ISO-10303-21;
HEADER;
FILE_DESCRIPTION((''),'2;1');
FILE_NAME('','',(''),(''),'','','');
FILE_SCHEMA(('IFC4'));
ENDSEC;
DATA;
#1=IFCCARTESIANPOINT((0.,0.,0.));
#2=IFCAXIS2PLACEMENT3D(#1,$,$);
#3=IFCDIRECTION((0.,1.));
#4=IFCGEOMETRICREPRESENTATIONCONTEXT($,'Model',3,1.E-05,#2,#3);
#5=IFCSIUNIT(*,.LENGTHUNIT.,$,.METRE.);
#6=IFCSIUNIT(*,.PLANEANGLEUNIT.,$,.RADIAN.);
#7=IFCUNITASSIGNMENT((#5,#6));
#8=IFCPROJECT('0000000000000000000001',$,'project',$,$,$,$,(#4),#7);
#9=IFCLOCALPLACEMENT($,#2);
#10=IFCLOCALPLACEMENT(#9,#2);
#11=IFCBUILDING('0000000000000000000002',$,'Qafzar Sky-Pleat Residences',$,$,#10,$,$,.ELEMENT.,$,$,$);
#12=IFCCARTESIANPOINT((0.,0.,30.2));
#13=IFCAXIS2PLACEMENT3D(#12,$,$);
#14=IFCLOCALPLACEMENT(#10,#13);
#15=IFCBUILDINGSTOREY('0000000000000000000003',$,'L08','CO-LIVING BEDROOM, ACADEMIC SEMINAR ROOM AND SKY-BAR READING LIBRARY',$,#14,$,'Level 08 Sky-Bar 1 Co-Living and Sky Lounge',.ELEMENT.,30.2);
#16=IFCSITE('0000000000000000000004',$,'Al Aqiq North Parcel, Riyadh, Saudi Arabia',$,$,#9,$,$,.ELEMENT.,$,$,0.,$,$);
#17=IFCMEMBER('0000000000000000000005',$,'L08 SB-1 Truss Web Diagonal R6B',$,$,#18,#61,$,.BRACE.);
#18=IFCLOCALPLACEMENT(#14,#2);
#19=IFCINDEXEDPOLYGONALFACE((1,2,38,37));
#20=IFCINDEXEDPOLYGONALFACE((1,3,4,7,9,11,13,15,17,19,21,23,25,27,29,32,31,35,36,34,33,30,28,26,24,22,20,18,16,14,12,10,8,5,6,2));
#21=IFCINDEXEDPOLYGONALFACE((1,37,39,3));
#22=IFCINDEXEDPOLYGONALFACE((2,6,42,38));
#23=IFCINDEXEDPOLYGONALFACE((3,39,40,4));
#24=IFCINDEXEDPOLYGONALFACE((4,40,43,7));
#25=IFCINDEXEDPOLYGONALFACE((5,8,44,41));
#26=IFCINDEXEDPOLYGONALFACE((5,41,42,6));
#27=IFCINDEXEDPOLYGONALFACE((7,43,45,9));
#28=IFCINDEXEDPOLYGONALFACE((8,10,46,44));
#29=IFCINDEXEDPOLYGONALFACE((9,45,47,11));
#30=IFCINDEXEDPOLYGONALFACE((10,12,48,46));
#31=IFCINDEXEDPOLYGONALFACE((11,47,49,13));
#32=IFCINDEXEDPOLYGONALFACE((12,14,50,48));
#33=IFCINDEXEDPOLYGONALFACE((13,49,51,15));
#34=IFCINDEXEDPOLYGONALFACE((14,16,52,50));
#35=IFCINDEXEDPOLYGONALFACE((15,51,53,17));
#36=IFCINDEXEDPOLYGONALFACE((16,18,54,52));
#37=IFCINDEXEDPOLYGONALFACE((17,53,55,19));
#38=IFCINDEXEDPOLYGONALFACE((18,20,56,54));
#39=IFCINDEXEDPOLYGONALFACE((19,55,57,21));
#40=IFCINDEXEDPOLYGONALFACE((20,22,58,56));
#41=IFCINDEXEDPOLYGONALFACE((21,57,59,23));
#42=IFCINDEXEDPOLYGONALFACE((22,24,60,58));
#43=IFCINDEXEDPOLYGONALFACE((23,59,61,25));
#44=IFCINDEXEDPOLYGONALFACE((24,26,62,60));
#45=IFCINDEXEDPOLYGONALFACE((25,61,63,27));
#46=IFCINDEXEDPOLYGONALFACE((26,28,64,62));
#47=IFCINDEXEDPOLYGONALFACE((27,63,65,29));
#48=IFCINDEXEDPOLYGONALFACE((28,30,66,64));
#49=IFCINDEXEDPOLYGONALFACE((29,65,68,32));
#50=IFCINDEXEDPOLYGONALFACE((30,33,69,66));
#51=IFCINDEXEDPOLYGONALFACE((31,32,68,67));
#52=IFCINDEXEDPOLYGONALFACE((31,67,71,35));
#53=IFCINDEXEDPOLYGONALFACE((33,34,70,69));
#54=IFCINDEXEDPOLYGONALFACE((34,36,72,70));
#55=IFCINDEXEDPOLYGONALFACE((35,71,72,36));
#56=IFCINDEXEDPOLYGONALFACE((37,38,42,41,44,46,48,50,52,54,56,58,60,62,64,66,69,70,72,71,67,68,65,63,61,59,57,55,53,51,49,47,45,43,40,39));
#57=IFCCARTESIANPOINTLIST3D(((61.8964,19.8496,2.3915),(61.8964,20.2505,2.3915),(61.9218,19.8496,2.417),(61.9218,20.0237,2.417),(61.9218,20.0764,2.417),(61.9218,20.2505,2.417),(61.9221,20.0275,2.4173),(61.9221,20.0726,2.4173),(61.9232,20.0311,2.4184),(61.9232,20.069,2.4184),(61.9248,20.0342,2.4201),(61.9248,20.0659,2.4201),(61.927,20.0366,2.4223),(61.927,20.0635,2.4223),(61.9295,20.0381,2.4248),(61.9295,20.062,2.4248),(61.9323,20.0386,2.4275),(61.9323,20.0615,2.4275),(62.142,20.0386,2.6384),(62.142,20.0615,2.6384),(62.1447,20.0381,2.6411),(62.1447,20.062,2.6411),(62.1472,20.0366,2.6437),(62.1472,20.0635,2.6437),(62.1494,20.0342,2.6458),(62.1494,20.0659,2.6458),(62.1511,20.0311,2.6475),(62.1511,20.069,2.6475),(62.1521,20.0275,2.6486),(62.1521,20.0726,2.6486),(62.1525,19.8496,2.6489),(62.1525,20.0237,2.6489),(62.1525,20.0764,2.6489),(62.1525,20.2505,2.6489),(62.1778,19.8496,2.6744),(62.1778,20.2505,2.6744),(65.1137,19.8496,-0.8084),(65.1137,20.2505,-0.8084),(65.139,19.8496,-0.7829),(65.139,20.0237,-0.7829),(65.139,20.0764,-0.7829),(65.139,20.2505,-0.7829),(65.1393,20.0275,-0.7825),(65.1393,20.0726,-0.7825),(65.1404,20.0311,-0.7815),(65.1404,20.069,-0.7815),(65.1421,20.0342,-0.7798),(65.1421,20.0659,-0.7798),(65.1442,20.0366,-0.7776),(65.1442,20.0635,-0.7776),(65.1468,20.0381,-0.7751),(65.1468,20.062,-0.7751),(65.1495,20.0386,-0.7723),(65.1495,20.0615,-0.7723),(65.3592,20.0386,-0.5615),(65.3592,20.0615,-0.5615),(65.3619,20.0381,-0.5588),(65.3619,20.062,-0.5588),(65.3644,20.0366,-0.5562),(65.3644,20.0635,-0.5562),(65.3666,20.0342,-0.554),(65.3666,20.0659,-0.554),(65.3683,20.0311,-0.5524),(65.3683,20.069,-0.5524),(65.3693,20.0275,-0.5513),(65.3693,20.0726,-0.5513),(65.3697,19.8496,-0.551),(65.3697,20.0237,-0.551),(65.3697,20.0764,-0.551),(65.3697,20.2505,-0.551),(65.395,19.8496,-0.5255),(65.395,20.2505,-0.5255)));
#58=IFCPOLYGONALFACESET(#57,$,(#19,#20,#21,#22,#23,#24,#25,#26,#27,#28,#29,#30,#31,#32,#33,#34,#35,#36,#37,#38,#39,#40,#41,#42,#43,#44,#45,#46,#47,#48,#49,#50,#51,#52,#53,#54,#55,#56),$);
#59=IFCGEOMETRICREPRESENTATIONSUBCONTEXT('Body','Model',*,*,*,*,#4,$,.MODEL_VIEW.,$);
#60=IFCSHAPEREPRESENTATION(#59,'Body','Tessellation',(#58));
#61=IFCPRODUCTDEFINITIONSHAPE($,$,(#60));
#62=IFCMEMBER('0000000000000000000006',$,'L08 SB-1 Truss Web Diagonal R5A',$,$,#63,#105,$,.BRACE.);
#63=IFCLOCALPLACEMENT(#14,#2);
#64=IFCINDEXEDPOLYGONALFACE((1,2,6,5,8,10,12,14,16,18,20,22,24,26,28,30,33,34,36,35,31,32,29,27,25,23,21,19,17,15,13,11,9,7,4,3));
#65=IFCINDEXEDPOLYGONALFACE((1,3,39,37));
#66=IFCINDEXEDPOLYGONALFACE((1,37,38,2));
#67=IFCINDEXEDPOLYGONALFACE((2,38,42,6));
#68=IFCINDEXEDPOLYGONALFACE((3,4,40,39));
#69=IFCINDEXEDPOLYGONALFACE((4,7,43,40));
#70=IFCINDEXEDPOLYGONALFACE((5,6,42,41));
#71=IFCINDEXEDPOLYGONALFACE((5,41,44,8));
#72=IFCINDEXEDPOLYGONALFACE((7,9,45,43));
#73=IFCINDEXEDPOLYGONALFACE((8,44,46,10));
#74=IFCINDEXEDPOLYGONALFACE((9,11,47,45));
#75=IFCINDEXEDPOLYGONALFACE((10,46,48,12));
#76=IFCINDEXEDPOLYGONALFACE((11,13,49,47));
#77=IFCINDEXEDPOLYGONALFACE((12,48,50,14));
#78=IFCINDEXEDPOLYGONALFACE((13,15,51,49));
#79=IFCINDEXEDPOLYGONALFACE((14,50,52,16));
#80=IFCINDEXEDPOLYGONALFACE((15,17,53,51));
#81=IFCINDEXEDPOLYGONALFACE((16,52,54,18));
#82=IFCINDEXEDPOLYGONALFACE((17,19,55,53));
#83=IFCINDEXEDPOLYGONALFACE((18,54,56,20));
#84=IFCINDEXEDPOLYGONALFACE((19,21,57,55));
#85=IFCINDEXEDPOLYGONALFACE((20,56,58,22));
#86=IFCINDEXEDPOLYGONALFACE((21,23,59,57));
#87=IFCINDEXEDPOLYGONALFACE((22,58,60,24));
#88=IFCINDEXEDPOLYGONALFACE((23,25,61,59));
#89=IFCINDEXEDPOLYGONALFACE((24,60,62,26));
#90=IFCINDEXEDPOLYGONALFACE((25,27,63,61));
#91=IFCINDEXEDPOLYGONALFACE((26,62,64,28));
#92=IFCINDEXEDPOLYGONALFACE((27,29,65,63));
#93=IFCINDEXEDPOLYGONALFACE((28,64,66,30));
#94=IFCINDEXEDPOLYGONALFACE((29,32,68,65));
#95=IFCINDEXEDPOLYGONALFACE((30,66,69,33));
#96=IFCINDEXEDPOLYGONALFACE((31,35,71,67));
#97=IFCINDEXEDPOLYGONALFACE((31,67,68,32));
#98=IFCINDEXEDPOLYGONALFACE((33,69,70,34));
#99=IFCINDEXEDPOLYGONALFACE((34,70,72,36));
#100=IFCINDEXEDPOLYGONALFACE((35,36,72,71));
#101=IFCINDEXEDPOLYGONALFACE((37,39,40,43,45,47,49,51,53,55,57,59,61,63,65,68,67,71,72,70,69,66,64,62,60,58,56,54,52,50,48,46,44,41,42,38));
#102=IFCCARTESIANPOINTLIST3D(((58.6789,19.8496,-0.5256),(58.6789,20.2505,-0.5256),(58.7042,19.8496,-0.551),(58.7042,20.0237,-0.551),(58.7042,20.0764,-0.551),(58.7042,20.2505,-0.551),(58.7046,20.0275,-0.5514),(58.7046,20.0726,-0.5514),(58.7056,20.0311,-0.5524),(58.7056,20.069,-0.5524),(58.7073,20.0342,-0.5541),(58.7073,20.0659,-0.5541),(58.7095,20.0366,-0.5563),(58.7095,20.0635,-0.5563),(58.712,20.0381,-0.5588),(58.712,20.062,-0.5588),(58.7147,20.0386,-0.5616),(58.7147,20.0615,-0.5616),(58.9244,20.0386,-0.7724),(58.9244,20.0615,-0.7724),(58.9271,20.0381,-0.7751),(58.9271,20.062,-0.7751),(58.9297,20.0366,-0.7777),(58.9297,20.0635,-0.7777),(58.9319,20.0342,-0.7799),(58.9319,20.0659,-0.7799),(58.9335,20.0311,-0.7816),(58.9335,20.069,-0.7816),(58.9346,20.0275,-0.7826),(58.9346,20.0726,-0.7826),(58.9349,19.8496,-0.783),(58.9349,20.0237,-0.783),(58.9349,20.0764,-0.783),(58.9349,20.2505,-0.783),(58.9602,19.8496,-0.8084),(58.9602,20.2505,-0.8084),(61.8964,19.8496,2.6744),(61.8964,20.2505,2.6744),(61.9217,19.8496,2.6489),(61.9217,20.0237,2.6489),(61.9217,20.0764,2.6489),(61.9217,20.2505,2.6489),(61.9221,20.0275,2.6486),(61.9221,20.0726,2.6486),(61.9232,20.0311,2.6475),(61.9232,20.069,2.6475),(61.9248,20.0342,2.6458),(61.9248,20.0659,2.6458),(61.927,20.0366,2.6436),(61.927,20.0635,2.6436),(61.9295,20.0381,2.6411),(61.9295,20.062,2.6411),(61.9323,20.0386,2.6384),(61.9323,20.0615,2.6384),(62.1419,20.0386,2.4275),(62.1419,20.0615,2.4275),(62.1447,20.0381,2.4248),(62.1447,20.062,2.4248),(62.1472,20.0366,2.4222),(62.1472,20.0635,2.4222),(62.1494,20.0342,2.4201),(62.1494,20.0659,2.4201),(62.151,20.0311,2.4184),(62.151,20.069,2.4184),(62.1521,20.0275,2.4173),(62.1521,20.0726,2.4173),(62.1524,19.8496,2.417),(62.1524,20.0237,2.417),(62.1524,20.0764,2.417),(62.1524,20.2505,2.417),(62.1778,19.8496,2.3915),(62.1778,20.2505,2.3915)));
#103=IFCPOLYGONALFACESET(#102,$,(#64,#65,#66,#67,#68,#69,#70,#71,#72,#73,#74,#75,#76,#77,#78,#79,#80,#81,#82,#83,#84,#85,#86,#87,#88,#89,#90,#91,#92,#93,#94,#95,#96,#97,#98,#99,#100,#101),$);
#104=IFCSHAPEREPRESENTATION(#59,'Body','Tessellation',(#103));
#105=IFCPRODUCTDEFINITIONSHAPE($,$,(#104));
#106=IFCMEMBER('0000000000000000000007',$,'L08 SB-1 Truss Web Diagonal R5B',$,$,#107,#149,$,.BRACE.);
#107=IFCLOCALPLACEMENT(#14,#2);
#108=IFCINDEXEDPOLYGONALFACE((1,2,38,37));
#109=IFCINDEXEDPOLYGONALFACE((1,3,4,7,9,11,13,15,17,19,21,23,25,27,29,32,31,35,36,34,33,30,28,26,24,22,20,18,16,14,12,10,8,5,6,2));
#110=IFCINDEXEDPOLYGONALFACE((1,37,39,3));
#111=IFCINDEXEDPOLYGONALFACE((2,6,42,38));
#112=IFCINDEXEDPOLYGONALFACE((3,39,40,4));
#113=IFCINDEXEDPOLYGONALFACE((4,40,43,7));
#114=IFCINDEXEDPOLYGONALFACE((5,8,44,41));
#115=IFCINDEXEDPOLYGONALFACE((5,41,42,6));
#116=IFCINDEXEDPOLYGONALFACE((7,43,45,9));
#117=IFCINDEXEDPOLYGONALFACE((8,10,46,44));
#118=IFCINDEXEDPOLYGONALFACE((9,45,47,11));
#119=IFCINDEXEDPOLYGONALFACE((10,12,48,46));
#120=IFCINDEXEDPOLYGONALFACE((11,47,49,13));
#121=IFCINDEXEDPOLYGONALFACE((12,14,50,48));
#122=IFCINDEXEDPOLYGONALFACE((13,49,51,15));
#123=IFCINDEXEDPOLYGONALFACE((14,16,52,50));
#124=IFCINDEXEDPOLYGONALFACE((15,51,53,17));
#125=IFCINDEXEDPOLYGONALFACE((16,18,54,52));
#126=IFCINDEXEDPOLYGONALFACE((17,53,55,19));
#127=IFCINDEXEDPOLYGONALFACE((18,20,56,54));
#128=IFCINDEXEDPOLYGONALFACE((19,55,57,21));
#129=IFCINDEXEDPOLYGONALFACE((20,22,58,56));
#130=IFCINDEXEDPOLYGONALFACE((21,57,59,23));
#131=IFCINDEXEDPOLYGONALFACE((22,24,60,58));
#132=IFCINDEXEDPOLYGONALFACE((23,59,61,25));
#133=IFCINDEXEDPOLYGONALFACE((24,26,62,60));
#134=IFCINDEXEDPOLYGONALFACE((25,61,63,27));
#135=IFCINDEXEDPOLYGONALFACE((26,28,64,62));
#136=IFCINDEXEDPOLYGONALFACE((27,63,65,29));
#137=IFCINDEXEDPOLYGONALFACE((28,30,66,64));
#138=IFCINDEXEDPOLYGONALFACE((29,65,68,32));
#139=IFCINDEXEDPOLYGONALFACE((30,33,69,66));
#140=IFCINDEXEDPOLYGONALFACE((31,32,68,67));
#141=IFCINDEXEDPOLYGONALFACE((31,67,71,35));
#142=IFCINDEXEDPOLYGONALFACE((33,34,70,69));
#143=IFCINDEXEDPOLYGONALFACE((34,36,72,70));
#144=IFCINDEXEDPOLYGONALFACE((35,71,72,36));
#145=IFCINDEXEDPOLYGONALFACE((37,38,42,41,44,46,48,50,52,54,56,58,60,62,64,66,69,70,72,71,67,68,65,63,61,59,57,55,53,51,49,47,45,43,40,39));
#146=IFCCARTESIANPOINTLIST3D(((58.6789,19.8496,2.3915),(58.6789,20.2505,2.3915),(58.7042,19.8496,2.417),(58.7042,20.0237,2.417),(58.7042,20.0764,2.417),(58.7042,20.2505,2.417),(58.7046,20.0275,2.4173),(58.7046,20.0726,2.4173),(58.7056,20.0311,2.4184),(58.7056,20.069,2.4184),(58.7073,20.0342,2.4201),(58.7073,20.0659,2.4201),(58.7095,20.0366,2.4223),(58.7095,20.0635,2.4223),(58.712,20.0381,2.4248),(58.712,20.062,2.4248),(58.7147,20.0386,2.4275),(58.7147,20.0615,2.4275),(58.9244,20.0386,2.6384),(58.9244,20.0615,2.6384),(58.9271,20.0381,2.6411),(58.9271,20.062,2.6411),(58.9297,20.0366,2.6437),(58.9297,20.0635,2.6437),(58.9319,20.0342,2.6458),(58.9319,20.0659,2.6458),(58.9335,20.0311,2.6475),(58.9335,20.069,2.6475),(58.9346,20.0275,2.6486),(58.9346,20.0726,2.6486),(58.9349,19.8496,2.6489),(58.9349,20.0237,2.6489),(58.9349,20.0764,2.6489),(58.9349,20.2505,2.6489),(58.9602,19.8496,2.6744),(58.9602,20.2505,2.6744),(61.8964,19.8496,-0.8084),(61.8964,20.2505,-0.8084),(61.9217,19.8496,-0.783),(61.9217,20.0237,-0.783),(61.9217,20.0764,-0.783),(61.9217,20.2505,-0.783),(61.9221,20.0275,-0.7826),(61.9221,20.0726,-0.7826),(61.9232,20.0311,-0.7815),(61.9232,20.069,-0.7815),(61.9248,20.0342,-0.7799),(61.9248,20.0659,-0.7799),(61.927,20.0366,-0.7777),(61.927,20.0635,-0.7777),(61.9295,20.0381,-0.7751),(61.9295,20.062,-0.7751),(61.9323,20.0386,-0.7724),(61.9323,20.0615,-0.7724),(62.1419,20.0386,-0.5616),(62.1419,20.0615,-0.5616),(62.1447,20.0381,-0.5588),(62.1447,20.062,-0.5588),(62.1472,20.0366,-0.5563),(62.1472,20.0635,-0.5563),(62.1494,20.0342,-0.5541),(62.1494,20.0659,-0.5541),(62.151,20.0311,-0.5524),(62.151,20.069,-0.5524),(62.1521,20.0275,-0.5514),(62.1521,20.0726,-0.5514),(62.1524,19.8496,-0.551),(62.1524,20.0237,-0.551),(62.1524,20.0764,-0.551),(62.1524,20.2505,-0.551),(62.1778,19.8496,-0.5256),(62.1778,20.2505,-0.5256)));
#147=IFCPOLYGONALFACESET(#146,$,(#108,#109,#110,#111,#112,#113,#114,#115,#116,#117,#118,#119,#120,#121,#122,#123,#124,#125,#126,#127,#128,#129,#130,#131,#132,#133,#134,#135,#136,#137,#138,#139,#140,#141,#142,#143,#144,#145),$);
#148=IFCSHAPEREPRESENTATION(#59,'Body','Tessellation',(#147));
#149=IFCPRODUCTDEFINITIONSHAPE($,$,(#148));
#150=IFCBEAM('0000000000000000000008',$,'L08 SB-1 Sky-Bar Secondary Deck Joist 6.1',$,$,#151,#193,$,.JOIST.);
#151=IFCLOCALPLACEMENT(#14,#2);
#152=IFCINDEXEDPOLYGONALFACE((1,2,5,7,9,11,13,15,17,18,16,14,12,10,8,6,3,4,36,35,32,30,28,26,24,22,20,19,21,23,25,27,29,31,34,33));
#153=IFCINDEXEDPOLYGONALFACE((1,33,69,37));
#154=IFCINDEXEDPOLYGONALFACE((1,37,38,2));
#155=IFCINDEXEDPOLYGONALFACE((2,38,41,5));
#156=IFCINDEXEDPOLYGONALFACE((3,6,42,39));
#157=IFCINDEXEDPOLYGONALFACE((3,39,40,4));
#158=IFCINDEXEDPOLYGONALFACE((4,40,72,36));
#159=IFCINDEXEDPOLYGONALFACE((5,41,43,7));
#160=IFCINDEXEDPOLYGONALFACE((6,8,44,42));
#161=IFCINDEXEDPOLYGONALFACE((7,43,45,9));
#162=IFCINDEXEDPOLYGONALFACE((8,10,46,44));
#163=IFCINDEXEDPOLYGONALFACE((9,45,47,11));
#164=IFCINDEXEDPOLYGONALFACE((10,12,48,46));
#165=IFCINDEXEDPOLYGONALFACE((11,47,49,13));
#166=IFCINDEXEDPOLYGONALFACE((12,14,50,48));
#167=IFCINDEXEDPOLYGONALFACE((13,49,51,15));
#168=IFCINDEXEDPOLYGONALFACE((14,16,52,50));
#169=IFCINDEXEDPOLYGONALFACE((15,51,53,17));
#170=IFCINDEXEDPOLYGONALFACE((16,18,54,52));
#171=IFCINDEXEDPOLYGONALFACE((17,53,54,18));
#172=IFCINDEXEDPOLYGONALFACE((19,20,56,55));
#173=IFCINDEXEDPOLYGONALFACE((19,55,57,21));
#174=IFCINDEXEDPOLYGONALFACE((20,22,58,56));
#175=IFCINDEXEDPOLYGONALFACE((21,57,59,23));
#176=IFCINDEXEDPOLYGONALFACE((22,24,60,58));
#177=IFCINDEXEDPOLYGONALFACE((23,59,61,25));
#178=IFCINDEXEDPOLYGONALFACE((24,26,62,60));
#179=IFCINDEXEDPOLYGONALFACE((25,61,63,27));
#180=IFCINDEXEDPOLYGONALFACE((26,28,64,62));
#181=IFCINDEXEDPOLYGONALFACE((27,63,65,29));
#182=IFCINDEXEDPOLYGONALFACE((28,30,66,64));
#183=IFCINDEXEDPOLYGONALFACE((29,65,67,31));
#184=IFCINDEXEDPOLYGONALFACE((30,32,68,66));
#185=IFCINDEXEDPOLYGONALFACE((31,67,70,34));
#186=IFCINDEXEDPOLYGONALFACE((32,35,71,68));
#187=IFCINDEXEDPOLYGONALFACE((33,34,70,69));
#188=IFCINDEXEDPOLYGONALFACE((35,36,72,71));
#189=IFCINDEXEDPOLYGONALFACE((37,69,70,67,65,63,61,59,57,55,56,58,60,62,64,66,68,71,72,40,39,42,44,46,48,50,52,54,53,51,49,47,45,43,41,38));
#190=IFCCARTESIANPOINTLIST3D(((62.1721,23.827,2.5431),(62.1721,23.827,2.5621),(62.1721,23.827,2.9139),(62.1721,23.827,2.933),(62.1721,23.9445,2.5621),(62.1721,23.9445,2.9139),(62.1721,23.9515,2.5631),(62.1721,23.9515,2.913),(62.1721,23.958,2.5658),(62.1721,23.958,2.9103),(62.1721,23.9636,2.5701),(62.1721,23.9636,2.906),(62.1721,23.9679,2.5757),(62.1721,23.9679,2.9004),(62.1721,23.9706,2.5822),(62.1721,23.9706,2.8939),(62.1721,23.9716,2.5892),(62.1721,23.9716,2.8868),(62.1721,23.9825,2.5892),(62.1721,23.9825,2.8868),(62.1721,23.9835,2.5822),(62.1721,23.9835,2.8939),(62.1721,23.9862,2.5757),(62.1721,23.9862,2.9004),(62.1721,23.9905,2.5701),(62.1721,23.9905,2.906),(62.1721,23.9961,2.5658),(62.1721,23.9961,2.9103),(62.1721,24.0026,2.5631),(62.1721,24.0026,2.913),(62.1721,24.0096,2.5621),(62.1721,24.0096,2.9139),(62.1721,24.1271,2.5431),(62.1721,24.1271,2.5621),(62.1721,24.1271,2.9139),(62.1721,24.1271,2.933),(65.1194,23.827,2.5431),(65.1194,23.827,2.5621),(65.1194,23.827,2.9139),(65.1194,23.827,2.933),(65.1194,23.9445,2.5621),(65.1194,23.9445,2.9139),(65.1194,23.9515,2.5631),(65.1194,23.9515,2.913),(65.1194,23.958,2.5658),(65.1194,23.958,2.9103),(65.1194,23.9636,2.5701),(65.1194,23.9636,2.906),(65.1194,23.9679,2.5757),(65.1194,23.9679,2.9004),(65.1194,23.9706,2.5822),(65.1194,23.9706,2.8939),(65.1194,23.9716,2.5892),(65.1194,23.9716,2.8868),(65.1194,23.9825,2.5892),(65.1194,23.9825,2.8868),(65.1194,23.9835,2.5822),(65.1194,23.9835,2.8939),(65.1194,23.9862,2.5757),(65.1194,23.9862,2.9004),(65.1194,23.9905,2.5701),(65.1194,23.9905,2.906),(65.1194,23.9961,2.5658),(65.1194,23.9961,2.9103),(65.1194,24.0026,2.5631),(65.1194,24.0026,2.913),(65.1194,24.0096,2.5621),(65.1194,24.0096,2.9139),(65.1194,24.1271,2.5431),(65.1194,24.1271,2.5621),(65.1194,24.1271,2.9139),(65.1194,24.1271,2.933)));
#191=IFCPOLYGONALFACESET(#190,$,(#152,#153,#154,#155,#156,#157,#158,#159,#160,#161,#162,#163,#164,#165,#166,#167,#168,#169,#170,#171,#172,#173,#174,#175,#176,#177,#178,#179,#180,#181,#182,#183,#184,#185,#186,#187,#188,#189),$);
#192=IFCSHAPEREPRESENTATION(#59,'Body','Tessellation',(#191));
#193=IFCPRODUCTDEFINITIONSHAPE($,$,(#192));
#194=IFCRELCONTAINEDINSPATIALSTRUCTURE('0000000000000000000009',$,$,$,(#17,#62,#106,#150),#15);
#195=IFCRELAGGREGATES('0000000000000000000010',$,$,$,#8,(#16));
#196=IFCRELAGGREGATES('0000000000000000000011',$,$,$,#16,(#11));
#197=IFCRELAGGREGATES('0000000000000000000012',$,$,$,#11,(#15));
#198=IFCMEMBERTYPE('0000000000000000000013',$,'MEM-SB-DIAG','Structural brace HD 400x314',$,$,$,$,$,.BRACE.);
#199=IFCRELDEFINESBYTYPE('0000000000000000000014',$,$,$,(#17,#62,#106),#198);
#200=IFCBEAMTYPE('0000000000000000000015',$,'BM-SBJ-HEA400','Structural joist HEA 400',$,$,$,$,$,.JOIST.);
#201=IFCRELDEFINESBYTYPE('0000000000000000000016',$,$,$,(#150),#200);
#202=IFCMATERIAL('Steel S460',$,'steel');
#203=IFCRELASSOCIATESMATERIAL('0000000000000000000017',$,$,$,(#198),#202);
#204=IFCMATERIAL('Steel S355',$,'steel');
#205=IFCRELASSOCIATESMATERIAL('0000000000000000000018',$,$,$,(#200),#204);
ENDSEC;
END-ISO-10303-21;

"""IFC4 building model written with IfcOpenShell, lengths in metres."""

from ifc_helpers import new_model, si_unit, direction, frame, origin, origin_2d, place, context, subcontext, project, spatial, i_section, extrude, source, transform, mapped, material, material_profile, profile_set, type_object, element, save


model = new_model("IFC4")

# Units and contexts
model_context = context("Model", 3, precision=1e-05, world=origin(), true_north=direction((0.0, 1.0)))
body_context = subcontext(model_context, "Body", "Model", "MODEL_VIEW")
ifc_project = project(units=[si_unit("LENGTHUNIT", "METRE"), si_unit("PLANEANGLEUNIT", "RADIAN")], contexts=[model_context])

# Site, building, storey
site_placement = place(None, origin())
site = spatial("IfcSite", under=ifc_project, at=site_placement, Name="Al Aqiq North Parcel, Riyadh, Saudi Arabia", CompositionType="ELEMENT", RefElevation=0.0)
building_placement = place(site_placement, origin())
building = spatial("IfcBuilding", under=site, at=building_placement, Name="Qafzar Sky-Pleat Residences", CompositionType="ELEMENT")
storey_placement = place(building_placement, frame((0.0, 0.0, 30.2)))
storey = spatial("IfcBuildingStorey", under=building, at=storey_placement, Name="L08", Description="CO-LIVING BEDROOM, ACADEMIC SEMINAR ROOM AND SKY-BAR READING LIBRARY", LongName="Level 08 Sky-Bar 1 Co-Living and Sky Lounge", CompositionType="ELEMENT", Elevation=30.2)

# Shared definitions
ifc_material_1 = material(Name="Steel S460", Category="steel")

# Members
ifc_material_profile_1 = material_profile(ifc_material_1, i_section(OverallWidth=0.4009, OverallDepth=0.3989, WebThickness=0.0229, FlangeThickness=0.0359, FilletRadius=0.0149, at=origin_2d()), Name="HD 400x314")
ifc_profile_set_1 = profile_set([ifc_material_profile_1], Name="Steel S460")
member_type_1 = type_object("IfcMemberType", Name="MEM-SB-DIAG", Description="Structural brace HD 400x314", PredefinedType="BRACE", material=ifc_profile_set_1)
shared_shape_1 = source(origin(), body_context, "Body", "SweptSolid", [
    extrude(i_section(OverallWidth=0.4009, OverallDepth=0.3989, WebThickness=0.0229, FlangeThickness=0.0359, FilletRadius=0.0149, at=origin_2d()), origin(), (0.0, 0.0, 1.0), 4.5376),
])
for number, where, z_axis, x_axis, name in (
    (1, (62.0371, 20.05, 2.533), (0.709014, 0.0, -0.705194), (0.0, 1.0, 0.0), "L08 SB-1 Truss Web Diagonal R6B"),
):
    element("IfcMember", number, at=place(storey_placement, frame(where, z_axis=z_axis, x_axis=x_axis)), inside=storey, type_object=member_type_1, Name=name, PredefinedType="BRACE", context=body_context, shape_type="MappedRepresentation", body=[
        mapped(shared_shape_1, transform((0.0, 0.0, 0.0), x_axis=(1.0, 0.0, 0.0), y_axis=(0.0, 1.0, 0.0), z_axis=(0.0, 0.0, 1.0), scale=1.0)),
    ])
shared_shape_2 = source(origin(), body_context, "Body", "SweptSolid", [
    extrude(i_section(OverallWidth=0.4009, OverallDepth=0.3989, WebThickness=0.0229, FlangeThickness=0.0359, FilletRadius=0.0149, at=origin_2d()), origin(), (0.0, 0.0, 1.0), 4.5378),
])
for number, where, z_axis, x_axis, name in (
    (2, (58.8196, 20.05, -0.667), (0.709041, 0.0, 0.705167), (0.0, 1.0, 0.0), "L08 SB-1 Truss Web Diagonal R5A"),
    (3, (58.8196, 20.05, 2.533), (0.709041, 0.0, -0.705167), (0.0, 1.0, 0.0), "L08 SB-1 Truss Web Diagonal R5B"),
):
    element("IfcMember", number, at=place(storey_placement, frame(where, z_axis=z_axis, x_axis=x_axis)), inside=storey, type_object=member_type_1, Name=name, PredefinedType="BRACE", context=body_context, shape_type="MappedRepresentation", body=[
        mapped(shared_shape_2, transform((0.0, 0.0, 0.0), x_axis=(1.0, 0.0, 0.0), y_axis=(0.0, 1.0, 0.0), z_axis=(0.0, 0.0, 1.0), scale=1.0)),
    ])

# Beam
ifc_material_2 = material(Name="Steel S355", Category="steel")
ifc_material_profile_2 = material_profile(ifc_material_2, i_section(OverallWidth=0.3, OverallDepth=0.3899, WebThickness=0.011, FlangeThickness=0.019, FilletRadius=0.0271, at=origin_2d()), Name="HEA 400")
ifc_profile_set_2 = profile_set([ifc_material_profile_2], Name="Steel S355")
beam_type_1 = type_object("IfcBeamType", Name="BM-SBJ-HEA400", Description="Structural joist HEA 400", PredefinedType="JOIST", material=ifc_profile_set_2)
shared_shape_3 = source(origin(), body_context, "Body", "SweptSolid", [
    extrude(i_section(OverallWidth=0.3, OverallDepth=0.3899, WebThickness=0.011, FlangeThickness=0.019, FilletRadius=0.0271, at=origin_2d()), origin(), (0.0, 0.0, 1.0), 2.9473),
])
beam_1_placement = place(storey_placement, frame((62.1721, 23.9771, 2.738), z_axis=(1.0, 0.0, 0.0), x_axis=(0.0, 1.0, 0.0)))
element("IfcBeam", 4, at=beam_1_placement, inside=storey, type_object=beam_type_1, Name="L08 SB-1 Sky-Bar Secondary Deck Joist 6.1", PredefinedType="JOIST", context=body_context, shape_type="MappedRepresentation", body=[
    mapped(shared_shape_3, transform((0.0, 0.0, 0.0), x_axis=(1.0, 0.0, 0.0), y_axis=(0.0, 1.0, 0.0), z_axis=(0.0, 0.0, 1.0), scale=1.0)),
])

save(model, "model.ifc")
